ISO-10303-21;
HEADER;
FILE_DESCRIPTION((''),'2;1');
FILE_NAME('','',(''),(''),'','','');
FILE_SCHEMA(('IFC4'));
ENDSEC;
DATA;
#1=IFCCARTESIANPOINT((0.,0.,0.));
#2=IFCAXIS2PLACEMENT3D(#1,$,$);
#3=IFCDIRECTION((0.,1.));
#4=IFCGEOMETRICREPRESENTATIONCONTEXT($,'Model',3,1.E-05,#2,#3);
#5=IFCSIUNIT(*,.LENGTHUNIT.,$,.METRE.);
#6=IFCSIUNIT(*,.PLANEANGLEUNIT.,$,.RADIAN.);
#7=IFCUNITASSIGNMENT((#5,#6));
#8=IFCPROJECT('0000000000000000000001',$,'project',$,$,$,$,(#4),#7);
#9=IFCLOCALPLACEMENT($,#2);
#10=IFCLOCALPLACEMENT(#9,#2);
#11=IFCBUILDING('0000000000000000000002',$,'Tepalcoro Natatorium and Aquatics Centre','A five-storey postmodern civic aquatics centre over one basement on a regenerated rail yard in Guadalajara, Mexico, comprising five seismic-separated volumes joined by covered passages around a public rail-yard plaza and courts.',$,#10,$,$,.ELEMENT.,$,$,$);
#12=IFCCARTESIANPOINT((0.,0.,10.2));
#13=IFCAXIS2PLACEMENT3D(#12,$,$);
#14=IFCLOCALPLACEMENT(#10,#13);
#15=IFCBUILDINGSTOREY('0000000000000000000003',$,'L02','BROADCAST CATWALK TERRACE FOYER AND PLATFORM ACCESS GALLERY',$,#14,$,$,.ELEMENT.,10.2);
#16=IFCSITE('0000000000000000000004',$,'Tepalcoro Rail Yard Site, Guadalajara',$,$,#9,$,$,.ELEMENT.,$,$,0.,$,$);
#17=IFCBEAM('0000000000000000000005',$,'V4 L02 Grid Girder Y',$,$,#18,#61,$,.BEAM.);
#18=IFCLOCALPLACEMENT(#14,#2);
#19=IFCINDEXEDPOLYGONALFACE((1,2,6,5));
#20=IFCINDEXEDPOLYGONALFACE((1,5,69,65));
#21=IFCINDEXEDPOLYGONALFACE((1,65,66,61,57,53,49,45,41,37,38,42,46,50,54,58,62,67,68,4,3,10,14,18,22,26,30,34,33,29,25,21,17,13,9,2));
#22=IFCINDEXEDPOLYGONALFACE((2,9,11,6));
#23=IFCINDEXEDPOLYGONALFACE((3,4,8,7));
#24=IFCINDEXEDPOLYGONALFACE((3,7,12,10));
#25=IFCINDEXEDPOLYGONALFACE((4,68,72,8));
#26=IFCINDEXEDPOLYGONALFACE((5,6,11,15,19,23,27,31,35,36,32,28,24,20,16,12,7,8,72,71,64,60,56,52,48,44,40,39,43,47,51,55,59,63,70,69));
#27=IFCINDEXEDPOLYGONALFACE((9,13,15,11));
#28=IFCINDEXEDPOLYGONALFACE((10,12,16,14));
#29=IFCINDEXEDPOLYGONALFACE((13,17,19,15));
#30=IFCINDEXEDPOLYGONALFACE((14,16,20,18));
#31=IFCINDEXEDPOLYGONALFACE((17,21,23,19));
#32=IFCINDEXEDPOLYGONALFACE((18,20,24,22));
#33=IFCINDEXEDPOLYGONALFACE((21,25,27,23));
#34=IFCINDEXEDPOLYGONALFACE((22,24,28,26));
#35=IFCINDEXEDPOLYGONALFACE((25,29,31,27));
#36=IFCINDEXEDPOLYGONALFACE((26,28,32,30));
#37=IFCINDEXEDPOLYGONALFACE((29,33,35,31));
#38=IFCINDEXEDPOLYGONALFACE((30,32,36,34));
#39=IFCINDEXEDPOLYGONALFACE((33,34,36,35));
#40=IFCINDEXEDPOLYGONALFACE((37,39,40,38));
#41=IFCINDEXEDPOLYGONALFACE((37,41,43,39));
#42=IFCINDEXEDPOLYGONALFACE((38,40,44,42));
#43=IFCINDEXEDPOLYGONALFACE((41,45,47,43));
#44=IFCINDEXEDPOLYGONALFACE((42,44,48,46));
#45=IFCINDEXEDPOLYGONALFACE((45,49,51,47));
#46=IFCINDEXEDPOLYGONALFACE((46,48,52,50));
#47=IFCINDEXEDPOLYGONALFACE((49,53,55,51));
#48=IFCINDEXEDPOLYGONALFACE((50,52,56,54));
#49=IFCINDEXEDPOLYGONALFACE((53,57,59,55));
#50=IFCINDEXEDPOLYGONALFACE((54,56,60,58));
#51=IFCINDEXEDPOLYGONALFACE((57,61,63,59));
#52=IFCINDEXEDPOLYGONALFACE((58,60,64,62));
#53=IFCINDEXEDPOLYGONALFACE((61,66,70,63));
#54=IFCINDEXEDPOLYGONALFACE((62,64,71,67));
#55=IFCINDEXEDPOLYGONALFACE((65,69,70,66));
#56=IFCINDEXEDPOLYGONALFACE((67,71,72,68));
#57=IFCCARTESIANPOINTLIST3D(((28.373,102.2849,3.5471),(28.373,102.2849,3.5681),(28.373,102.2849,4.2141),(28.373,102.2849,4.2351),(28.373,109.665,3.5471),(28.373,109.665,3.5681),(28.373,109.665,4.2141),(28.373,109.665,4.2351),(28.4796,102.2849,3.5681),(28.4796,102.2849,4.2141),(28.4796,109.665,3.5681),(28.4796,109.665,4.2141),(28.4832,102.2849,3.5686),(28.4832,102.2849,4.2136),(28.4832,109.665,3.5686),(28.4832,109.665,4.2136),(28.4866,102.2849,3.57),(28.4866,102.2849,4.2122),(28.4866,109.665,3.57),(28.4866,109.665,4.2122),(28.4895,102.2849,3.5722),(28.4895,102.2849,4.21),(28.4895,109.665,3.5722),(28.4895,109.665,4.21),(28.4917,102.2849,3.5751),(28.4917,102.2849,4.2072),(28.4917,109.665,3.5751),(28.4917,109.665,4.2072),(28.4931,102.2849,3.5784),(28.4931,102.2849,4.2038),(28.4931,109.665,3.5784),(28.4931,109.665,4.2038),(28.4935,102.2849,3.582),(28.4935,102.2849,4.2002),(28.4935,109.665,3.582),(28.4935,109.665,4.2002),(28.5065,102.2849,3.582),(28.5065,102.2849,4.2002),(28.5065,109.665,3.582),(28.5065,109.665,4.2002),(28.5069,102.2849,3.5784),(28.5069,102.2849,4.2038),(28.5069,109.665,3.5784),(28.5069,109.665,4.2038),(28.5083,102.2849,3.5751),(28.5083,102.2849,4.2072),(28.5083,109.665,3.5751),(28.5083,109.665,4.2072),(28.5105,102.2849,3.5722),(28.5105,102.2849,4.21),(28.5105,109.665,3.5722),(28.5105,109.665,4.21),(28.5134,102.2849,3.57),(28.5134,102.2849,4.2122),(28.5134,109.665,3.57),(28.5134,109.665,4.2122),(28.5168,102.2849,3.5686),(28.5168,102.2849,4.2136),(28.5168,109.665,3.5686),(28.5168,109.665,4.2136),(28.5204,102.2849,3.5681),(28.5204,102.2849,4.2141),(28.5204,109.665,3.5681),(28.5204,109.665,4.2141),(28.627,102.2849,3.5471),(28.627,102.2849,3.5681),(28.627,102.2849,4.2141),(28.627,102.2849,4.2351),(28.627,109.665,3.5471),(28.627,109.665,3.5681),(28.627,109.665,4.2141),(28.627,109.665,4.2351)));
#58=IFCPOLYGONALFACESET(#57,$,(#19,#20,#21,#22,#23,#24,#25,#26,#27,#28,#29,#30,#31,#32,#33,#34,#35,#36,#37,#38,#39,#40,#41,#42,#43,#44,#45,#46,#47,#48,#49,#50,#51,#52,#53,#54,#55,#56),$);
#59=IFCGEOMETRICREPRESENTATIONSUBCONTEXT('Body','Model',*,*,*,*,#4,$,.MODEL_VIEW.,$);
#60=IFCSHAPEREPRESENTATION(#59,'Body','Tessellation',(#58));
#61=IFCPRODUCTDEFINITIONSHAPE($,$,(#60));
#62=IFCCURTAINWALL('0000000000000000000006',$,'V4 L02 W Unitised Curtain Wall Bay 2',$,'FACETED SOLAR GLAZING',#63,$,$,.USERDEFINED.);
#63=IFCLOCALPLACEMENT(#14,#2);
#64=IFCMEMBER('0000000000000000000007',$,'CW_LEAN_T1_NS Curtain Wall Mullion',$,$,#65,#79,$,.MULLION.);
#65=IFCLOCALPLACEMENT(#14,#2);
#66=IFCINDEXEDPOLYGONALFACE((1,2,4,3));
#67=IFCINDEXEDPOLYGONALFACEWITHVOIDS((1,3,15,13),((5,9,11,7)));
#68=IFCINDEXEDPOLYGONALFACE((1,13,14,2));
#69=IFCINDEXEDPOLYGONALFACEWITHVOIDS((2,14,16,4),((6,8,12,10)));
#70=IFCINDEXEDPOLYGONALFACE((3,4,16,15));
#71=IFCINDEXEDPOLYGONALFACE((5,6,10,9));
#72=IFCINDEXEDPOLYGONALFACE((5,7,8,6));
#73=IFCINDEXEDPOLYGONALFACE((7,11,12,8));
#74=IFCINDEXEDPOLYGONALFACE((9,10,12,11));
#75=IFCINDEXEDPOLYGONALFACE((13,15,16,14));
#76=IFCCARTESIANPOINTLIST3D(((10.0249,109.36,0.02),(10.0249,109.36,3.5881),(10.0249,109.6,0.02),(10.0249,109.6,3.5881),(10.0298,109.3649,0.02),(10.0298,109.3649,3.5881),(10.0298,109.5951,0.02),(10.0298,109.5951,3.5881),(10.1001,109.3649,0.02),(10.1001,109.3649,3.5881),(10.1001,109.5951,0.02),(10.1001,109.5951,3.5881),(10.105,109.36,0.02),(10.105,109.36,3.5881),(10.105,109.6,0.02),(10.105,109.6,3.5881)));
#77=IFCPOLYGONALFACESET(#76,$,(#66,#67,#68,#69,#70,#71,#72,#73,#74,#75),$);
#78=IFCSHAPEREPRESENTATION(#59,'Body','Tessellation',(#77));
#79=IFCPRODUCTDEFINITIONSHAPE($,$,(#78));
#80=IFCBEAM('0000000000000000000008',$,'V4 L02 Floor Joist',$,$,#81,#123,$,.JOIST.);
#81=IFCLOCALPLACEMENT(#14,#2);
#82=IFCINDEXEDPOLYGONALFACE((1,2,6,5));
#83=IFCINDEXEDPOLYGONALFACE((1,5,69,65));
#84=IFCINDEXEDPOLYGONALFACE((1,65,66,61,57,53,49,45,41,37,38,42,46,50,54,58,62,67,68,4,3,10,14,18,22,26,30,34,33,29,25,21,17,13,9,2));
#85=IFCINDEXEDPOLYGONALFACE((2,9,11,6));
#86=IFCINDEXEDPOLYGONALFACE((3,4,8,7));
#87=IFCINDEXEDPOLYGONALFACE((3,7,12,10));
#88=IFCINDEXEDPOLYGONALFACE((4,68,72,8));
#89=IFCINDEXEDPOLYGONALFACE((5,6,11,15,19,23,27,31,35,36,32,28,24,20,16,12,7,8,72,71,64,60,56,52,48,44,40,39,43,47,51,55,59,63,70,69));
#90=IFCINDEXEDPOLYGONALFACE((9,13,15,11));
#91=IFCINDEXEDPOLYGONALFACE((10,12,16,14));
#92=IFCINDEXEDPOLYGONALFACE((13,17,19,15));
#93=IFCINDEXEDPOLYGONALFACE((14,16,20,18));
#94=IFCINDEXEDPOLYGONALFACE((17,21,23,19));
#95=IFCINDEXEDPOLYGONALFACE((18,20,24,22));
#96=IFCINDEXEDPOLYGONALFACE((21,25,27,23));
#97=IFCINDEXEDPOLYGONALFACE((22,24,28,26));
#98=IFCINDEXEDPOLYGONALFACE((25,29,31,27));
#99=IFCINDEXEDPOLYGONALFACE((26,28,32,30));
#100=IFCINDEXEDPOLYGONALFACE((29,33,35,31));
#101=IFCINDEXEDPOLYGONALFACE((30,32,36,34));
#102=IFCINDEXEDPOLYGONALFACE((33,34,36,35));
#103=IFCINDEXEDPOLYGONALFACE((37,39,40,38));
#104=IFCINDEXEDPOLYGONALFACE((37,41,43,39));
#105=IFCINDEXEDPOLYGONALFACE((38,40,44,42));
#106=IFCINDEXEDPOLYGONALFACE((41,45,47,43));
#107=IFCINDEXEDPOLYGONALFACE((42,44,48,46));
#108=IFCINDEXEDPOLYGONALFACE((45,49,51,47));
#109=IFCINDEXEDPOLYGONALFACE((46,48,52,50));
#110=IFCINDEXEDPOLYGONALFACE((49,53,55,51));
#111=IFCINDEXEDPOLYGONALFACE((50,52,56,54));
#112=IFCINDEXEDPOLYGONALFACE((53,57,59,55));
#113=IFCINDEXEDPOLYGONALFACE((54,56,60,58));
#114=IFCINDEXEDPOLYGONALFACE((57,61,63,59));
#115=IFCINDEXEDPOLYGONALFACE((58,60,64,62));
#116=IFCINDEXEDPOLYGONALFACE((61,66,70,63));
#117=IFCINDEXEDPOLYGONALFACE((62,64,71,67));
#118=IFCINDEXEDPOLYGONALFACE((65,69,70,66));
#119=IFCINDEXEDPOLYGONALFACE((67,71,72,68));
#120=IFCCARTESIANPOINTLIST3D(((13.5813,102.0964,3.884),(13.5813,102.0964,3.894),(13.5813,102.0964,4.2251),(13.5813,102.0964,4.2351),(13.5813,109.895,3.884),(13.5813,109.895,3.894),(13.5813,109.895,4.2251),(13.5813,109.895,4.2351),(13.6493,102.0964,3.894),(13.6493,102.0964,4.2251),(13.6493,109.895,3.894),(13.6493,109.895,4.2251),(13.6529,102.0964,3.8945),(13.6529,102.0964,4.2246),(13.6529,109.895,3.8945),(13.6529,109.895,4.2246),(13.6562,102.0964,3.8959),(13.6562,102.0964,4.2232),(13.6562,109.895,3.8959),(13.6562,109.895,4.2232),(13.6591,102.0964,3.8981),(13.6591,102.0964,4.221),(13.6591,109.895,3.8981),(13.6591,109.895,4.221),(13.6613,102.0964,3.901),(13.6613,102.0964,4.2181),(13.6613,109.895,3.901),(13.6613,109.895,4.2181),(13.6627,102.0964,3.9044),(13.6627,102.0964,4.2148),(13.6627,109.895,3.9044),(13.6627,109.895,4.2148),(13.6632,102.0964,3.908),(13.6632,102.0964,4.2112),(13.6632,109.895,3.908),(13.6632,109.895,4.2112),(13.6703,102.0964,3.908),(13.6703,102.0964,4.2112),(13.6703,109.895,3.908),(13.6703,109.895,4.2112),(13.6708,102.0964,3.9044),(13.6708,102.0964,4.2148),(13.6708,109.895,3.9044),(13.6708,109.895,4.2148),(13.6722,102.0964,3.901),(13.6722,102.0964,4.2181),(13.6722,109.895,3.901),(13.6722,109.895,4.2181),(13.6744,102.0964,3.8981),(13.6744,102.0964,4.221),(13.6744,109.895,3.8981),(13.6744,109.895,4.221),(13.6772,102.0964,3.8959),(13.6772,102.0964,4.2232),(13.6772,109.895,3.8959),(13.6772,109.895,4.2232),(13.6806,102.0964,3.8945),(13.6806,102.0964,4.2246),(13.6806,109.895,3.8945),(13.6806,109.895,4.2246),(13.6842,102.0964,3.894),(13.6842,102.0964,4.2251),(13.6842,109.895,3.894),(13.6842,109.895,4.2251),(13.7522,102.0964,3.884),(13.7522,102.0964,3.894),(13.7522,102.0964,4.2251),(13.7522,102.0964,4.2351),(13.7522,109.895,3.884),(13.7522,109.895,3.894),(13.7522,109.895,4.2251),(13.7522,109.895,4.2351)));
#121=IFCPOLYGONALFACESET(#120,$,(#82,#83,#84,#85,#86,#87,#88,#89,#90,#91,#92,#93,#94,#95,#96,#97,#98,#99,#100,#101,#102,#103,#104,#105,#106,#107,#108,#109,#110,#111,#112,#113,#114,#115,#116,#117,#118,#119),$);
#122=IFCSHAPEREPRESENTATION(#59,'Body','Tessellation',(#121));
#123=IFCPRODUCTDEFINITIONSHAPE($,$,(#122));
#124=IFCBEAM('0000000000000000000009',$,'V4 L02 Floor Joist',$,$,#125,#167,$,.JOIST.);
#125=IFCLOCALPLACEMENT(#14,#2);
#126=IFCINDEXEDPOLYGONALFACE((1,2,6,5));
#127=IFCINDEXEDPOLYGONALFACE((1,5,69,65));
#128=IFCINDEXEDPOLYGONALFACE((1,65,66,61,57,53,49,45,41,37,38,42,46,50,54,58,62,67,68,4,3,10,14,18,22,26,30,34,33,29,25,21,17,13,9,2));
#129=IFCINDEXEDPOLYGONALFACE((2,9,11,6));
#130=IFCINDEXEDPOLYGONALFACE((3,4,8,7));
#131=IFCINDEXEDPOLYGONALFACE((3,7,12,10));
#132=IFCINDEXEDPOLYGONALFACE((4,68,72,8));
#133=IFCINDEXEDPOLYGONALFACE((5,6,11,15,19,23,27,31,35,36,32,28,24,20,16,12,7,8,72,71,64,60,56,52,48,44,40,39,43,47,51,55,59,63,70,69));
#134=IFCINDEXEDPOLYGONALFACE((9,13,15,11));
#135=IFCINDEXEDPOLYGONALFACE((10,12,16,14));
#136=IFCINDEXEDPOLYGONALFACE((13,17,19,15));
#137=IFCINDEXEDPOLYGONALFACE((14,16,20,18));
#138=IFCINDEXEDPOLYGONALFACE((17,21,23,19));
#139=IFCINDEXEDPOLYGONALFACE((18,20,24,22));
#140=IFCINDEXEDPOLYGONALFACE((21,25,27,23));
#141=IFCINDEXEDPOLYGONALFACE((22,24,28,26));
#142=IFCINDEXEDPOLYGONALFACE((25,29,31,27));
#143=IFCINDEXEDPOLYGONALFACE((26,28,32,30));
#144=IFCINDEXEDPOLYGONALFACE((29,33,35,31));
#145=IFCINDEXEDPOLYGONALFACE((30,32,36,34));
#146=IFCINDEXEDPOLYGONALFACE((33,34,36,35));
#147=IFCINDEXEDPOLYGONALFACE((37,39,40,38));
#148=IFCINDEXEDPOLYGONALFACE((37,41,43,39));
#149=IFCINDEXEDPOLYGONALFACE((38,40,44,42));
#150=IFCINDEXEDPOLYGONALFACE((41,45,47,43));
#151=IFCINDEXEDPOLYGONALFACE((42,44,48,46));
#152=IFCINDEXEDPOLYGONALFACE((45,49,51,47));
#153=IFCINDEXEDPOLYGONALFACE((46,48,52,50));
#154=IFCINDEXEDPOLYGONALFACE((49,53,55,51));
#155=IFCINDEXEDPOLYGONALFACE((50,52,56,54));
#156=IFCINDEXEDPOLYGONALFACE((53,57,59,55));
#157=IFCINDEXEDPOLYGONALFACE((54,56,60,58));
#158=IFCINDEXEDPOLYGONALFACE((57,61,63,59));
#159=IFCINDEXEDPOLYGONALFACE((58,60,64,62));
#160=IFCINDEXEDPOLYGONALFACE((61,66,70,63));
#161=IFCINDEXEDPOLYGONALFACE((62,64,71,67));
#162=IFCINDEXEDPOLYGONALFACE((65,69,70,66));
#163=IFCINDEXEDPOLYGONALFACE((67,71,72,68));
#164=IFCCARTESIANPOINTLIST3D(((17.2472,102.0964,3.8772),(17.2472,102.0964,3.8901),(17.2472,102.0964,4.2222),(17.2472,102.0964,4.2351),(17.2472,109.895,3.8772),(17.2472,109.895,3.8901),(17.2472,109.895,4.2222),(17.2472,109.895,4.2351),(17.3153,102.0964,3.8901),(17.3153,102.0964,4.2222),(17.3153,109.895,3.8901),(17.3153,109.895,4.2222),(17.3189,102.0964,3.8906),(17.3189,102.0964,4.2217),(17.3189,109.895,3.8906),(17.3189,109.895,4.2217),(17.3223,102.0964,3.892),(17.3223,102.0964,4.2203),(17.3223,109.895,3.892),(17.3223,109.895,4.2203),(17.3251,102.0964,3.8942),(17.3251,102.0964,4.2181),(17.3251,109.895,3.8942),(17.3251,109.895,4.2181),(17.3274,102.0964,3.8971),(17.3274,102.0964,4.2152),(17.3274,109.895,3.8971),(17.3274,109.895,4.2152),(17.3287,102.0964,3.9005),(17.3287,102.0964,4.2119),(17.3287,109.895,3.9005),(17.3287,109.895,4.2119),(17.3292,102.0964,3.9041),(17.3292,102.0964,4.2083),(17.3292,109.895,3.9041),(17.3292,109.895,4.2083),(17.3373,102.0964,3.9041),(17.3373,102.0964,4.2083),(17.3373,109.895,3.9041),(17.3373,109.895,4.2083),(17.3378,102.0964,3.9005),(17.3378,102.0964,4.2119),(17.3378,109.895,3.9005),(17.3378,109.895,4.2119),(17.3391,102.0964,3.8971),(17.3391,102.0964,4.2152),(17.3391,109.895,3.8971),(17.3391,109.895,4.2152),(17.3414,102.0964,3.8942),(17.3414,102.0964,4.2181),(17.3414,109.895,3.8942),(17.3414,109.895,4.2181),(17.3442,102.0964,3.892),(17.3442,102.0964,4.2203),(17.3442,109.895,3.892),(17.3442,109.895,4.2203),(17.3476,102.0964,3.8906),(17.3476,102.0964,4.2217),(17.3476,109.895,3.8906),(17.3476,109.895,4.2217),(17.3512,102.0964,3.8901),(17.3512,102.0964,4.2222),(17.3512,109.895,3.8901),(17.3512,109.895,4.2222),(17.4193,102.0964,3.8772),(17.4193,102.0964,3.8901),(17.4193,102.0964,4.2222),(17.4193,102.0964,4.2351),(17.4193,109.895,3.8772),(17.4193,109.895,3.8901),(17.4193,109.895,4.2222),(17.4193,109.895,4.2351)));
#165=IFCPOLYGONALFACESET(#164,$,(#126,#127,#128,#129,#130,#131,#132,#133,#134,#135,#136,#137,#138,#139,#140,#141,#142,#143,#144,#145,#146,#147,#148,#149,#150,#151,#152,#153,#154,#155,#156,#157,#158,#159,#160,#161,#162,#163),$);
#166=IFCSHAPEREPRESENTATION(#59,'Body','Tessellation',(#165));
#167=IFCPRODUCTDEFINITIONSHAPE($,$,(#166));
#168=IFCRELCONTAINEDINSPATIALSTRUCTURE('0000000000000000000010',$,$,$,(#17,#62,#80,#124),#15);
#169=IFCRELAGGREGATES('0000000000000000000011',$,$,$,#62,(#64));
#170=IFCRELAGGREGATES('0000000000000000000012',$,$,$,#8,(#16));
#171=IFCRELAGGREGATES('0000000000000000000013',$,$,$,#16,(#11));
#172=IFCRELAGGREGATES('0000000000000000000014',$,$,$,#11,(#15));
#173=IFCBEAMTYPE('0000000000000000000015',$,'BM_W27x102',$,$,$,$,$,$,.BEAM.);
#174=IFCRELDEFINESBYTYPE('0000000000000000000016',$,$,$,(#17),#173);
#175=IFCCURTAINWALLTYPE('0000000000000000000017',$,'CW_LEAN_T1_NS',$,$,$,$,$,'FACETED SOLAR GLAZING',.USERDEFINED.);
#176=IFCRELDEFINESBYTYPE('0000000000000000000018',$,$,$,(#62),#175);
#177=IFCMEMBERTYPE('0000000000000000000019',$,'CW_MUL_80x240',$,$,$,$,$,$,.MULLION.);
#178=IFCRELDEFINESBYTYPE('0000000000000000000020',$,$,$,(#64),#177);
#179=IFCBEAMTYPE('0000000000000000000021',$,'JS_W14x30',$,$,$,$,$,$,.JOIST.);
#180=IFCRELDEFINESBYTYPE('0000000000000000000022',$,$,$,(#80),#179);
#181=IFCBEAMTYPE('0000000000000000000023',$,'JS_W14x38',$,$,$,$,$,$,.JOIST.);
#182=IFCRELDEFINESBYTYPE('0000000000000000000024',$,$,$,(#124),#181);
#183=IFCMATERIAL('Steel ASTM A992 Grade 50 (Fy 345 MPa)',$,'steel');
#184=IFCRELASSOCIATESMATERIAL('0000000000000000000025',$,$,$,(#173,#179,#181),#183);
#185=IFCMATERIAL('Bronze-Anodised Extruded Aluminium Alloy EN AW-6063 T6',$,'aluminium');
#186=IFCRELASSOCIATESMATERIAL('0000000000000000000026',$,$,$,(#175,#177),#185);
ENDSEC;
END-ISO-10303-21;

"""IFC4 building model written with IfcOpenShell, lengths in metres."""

from ifc_helpers import new_model, si_unit, direction, frame, origin, origin_2d, place, context, subcontext, project, spatial, hollow_rectangle, i_section, extrude, material, material_profile, profile_set, type_object, element, aggregate, save


model = new_model("IFC4")

# Units and contexts
model_context = context("Model", 3, precision=1e-05, world=origin(), true_north=direction((0.0, 1.0)))
body_context = subcontext(model_context, "Body", "Model", "MODEL_VIEW")
ifc_project = project(units=[si_unit("LENGTHUNIT", "METRE"), si_unit("PLANEANGLEUNIT", "RADIAN")], contexts=[model_context])

# Site, building, storey
site_placement = place(None, origin())
site = spatial("IfcSite", under=ifc_project, at=site_placement, Name="Tepalcoro Rail Yard Site, Guadalajara", CompositionType="ELEMENT", RefElevation=0.0)
building_placement = place(site_placement, origin())
building = spatial("IfcBuilding", under=site, at=building_placement, Name="Tepalcoro Natatorium and Aquatics Centre", Description="A five-storey postmodern civic aquatics centre over one basement on a regenerated rail yard in Guadalajara, Mexico, comprising five seismic-separated volumes joined by covered passages around a public rail-yard plaza and courts.", CompositionType="ELEMENT")
storey_placement = place(building_placement, frame((0.0, 0.0, 10.2)))
storey = spatial("IfcBuildingStorey", under=building, at=storey_placement, Name="L02", Description="BROADCAST CATWALK TERRACE FOYER AND PLATFORM ACCESS GALLERY", CompositionType="ELEMENT", Elevation=10.2)

# Beam
ifc_material_1 = material(Name="Steel ASTM A992 Grade 50 (Fy 345 MPa)", Category="steel")
ifc_material_profile_1 = material_profile(ifc_material_1, i_section(OverallWidth=0.2539, OverallDepth=0.688, WebThickness=0.0129, FlangeThickness=0.021, FilletRadius=0.0139, at=origin_2d()), Name="W27X102")
ifc_profile_set_1 = profile_set([ifc_material_profile_1], Name="Steel ASTM A992 Grade 50 (Fy 345 MPa)")
beam_type_1 = type_object("IfcBeamType", Name="BM_W27x102", PredefinedType="BEAM", material=ifc_profile_set_1)
beam_1_placement = place(storey_placement, frame((28.5, 102.2849, 3.8911), z_axis=(0.0, 1.0, 0.0), x_axis=(-1.0, 0.0, 0.0)))
element("IfcBeam", 1, at=beam_1_placement, inside=storey, type_object=beam_type_1, Name="V4 L02 Grid Girder Y", PredefinedType="BEAM", context=body_context, shape_type="SweptSolid", body=[
    extrude(i_section(OverallWidth=0.2539, OverallDepth=0.688, WebThickness=0.0129, FlangeThickness=0.021, FilletRadius=0.0139, at=origin_2d()), origin(), (0.0, 0.0, 1.0), 7.3801),
])

# Curtain wall, member
ifc_material_2 = material(Name="Bronze-Anodised Extruded Aluminium Alloy EN AW-6063 T6", Category="aluminium")
curtain_wall_type = type_object("IfcCurtainWallType", Name="CW_LEAN_T1_NS", ElementType="FACETED SOLAR GLAZING", PredefinedType="USERDEFINED", material=ifc_material_2)
curtain_wall_placement = place(storey_placement, origin())
curtain_wall = element("IfcCurtainWall", 2, at=curtain_wall_placement, inside=storey, type_object=curtain_wall_type, Name="V4 L02 W Unitised Curtain Wall Bay 2", ObjectType="FACETED SOLAR GLAZING", PredefinedType="USERDEFINED")
ifc_material_profile_2 = material_profile(ifc_material_2, hollow_rectangle(XDim=0.0801, YDim=0.24, WallThickness=0.0049, at=origin_2d()), Name="AL80X240X5")
ifc_profile_set_2 = profile_set([ifc_material_profile_2], Name="Bronze-Anodised Extruded Aluminium Alloy EN AW-6063 T6")
member_type = type_object("IfcMemberType", Name="CW_MUL_80x240", PredefinedType="MULLION", material=ifc_profile_set_2)
member_placement = place(storey_placement, frame((10.0649, 109.48, 0.02), z_axis=(0.0, 0.0, 1.0), x_axis=(1.0, 0.0, 0.0)))
member = element("IfcMember", 3, at=member_placement, type_object=member_type, Name="CW_LEAN_T1_NS Curtain Wall Mullion", PredefinedType="MULLION", context=body_context, shape_type="SweptSolid", body=[
    extrude(hollow_rectangle(XDim=0.0801, YDim=0.24, WallThickness=0.0049, at=origin_2d()), origin(), (0.0, 0.0, 1.0), 3.5681),
])
aggregate(curtain_wall, [member])

# Beams
ifc_material_profile_3 = material_profile(ifc_material_1, i_section(OverallWidth=0.1709, OverallDepth=0.3511, WebThickness=0.0071, FlangeThickness=0.01, FilletRadius=0.0139, at=origin_2d()), Name="W14X30")
ifc_profile_set_3 = profile_set([ifc_material_profile_3], Name="Steel ASTM A992 Grade 50 (Fy 345 MPa)")
beam_type_2 = type_object("IfcBeamType", Name="JS_W14x30", PredefinedType="JOIST", material=ifc_profile_set_3)
beam_2_placement = place(storey_placement, frame((13.6667, 102.0964, 4.0596), z_axis=(0.0, 1.0, 0.0), x_axis=(-1.0, 0.0, 0.0)))
element("IfcBeam", 4, at=beam_2_placement, inside=storey, type_object=beam_type_2, Name="V4 L02 Floor Joist", PredefinedType="JOIST", context=body_context, shape_type="SweptSolid", body=[
    extrude(i_section(OverallWidth=0.1709, OverallDepth=0.3511, WebThickness=0.0071, FlangeThickness=0.01, FilletRadius=0.0139, at=origin_2d()), origin(), (0.0, 0.0, 1.0), 7.7986),
])
ifc_material_profile_4 = material_profile(ifc_material_1, i_section(OverallWidth=0.1721, OverallDepth=0.3579, WebThickness=0.0081, FlangeThickness=0.0129, FilletRadius=0.0139, at=origin_2d()), Name="W14X38")
ifc_profile_set_4 = profile_set([ifc_material_profile_4], Name="Steel ASTM A992 Grade 50 (Fy 345 MPa)")
beam_type_3 = type_object("IfcBeamType", Name="JS_W14x38", PredefinedType="JOIST", material=ifc_profile_set_4)
beam_3_placement = place(storey_placement, frame((17.3333, 102.0964, 4.0562), z_axis=(0.0, 1.0, 0.0), x_axis=(-1.0, 0.0, 0.0)))
element("IfcBeam", 5, at=beam_3_placement, inside=storey, type_object=beam_type_3, Name="V4 L02 Floor Joist", PredefinedType="JOIST", context=body_context, shape_type="SweptSolid", body=[
    extrude(i_section(OverallWidth=0.1721, OverallDepth=0.3579, WebThickness=0.0081, FlangeThickness=0.0129, FilletRadius=0.0139, at=origin_2d()), origin(), (0.0, 0.0, 1.0), 7.7986),
])

save(model, "model.ifc")
